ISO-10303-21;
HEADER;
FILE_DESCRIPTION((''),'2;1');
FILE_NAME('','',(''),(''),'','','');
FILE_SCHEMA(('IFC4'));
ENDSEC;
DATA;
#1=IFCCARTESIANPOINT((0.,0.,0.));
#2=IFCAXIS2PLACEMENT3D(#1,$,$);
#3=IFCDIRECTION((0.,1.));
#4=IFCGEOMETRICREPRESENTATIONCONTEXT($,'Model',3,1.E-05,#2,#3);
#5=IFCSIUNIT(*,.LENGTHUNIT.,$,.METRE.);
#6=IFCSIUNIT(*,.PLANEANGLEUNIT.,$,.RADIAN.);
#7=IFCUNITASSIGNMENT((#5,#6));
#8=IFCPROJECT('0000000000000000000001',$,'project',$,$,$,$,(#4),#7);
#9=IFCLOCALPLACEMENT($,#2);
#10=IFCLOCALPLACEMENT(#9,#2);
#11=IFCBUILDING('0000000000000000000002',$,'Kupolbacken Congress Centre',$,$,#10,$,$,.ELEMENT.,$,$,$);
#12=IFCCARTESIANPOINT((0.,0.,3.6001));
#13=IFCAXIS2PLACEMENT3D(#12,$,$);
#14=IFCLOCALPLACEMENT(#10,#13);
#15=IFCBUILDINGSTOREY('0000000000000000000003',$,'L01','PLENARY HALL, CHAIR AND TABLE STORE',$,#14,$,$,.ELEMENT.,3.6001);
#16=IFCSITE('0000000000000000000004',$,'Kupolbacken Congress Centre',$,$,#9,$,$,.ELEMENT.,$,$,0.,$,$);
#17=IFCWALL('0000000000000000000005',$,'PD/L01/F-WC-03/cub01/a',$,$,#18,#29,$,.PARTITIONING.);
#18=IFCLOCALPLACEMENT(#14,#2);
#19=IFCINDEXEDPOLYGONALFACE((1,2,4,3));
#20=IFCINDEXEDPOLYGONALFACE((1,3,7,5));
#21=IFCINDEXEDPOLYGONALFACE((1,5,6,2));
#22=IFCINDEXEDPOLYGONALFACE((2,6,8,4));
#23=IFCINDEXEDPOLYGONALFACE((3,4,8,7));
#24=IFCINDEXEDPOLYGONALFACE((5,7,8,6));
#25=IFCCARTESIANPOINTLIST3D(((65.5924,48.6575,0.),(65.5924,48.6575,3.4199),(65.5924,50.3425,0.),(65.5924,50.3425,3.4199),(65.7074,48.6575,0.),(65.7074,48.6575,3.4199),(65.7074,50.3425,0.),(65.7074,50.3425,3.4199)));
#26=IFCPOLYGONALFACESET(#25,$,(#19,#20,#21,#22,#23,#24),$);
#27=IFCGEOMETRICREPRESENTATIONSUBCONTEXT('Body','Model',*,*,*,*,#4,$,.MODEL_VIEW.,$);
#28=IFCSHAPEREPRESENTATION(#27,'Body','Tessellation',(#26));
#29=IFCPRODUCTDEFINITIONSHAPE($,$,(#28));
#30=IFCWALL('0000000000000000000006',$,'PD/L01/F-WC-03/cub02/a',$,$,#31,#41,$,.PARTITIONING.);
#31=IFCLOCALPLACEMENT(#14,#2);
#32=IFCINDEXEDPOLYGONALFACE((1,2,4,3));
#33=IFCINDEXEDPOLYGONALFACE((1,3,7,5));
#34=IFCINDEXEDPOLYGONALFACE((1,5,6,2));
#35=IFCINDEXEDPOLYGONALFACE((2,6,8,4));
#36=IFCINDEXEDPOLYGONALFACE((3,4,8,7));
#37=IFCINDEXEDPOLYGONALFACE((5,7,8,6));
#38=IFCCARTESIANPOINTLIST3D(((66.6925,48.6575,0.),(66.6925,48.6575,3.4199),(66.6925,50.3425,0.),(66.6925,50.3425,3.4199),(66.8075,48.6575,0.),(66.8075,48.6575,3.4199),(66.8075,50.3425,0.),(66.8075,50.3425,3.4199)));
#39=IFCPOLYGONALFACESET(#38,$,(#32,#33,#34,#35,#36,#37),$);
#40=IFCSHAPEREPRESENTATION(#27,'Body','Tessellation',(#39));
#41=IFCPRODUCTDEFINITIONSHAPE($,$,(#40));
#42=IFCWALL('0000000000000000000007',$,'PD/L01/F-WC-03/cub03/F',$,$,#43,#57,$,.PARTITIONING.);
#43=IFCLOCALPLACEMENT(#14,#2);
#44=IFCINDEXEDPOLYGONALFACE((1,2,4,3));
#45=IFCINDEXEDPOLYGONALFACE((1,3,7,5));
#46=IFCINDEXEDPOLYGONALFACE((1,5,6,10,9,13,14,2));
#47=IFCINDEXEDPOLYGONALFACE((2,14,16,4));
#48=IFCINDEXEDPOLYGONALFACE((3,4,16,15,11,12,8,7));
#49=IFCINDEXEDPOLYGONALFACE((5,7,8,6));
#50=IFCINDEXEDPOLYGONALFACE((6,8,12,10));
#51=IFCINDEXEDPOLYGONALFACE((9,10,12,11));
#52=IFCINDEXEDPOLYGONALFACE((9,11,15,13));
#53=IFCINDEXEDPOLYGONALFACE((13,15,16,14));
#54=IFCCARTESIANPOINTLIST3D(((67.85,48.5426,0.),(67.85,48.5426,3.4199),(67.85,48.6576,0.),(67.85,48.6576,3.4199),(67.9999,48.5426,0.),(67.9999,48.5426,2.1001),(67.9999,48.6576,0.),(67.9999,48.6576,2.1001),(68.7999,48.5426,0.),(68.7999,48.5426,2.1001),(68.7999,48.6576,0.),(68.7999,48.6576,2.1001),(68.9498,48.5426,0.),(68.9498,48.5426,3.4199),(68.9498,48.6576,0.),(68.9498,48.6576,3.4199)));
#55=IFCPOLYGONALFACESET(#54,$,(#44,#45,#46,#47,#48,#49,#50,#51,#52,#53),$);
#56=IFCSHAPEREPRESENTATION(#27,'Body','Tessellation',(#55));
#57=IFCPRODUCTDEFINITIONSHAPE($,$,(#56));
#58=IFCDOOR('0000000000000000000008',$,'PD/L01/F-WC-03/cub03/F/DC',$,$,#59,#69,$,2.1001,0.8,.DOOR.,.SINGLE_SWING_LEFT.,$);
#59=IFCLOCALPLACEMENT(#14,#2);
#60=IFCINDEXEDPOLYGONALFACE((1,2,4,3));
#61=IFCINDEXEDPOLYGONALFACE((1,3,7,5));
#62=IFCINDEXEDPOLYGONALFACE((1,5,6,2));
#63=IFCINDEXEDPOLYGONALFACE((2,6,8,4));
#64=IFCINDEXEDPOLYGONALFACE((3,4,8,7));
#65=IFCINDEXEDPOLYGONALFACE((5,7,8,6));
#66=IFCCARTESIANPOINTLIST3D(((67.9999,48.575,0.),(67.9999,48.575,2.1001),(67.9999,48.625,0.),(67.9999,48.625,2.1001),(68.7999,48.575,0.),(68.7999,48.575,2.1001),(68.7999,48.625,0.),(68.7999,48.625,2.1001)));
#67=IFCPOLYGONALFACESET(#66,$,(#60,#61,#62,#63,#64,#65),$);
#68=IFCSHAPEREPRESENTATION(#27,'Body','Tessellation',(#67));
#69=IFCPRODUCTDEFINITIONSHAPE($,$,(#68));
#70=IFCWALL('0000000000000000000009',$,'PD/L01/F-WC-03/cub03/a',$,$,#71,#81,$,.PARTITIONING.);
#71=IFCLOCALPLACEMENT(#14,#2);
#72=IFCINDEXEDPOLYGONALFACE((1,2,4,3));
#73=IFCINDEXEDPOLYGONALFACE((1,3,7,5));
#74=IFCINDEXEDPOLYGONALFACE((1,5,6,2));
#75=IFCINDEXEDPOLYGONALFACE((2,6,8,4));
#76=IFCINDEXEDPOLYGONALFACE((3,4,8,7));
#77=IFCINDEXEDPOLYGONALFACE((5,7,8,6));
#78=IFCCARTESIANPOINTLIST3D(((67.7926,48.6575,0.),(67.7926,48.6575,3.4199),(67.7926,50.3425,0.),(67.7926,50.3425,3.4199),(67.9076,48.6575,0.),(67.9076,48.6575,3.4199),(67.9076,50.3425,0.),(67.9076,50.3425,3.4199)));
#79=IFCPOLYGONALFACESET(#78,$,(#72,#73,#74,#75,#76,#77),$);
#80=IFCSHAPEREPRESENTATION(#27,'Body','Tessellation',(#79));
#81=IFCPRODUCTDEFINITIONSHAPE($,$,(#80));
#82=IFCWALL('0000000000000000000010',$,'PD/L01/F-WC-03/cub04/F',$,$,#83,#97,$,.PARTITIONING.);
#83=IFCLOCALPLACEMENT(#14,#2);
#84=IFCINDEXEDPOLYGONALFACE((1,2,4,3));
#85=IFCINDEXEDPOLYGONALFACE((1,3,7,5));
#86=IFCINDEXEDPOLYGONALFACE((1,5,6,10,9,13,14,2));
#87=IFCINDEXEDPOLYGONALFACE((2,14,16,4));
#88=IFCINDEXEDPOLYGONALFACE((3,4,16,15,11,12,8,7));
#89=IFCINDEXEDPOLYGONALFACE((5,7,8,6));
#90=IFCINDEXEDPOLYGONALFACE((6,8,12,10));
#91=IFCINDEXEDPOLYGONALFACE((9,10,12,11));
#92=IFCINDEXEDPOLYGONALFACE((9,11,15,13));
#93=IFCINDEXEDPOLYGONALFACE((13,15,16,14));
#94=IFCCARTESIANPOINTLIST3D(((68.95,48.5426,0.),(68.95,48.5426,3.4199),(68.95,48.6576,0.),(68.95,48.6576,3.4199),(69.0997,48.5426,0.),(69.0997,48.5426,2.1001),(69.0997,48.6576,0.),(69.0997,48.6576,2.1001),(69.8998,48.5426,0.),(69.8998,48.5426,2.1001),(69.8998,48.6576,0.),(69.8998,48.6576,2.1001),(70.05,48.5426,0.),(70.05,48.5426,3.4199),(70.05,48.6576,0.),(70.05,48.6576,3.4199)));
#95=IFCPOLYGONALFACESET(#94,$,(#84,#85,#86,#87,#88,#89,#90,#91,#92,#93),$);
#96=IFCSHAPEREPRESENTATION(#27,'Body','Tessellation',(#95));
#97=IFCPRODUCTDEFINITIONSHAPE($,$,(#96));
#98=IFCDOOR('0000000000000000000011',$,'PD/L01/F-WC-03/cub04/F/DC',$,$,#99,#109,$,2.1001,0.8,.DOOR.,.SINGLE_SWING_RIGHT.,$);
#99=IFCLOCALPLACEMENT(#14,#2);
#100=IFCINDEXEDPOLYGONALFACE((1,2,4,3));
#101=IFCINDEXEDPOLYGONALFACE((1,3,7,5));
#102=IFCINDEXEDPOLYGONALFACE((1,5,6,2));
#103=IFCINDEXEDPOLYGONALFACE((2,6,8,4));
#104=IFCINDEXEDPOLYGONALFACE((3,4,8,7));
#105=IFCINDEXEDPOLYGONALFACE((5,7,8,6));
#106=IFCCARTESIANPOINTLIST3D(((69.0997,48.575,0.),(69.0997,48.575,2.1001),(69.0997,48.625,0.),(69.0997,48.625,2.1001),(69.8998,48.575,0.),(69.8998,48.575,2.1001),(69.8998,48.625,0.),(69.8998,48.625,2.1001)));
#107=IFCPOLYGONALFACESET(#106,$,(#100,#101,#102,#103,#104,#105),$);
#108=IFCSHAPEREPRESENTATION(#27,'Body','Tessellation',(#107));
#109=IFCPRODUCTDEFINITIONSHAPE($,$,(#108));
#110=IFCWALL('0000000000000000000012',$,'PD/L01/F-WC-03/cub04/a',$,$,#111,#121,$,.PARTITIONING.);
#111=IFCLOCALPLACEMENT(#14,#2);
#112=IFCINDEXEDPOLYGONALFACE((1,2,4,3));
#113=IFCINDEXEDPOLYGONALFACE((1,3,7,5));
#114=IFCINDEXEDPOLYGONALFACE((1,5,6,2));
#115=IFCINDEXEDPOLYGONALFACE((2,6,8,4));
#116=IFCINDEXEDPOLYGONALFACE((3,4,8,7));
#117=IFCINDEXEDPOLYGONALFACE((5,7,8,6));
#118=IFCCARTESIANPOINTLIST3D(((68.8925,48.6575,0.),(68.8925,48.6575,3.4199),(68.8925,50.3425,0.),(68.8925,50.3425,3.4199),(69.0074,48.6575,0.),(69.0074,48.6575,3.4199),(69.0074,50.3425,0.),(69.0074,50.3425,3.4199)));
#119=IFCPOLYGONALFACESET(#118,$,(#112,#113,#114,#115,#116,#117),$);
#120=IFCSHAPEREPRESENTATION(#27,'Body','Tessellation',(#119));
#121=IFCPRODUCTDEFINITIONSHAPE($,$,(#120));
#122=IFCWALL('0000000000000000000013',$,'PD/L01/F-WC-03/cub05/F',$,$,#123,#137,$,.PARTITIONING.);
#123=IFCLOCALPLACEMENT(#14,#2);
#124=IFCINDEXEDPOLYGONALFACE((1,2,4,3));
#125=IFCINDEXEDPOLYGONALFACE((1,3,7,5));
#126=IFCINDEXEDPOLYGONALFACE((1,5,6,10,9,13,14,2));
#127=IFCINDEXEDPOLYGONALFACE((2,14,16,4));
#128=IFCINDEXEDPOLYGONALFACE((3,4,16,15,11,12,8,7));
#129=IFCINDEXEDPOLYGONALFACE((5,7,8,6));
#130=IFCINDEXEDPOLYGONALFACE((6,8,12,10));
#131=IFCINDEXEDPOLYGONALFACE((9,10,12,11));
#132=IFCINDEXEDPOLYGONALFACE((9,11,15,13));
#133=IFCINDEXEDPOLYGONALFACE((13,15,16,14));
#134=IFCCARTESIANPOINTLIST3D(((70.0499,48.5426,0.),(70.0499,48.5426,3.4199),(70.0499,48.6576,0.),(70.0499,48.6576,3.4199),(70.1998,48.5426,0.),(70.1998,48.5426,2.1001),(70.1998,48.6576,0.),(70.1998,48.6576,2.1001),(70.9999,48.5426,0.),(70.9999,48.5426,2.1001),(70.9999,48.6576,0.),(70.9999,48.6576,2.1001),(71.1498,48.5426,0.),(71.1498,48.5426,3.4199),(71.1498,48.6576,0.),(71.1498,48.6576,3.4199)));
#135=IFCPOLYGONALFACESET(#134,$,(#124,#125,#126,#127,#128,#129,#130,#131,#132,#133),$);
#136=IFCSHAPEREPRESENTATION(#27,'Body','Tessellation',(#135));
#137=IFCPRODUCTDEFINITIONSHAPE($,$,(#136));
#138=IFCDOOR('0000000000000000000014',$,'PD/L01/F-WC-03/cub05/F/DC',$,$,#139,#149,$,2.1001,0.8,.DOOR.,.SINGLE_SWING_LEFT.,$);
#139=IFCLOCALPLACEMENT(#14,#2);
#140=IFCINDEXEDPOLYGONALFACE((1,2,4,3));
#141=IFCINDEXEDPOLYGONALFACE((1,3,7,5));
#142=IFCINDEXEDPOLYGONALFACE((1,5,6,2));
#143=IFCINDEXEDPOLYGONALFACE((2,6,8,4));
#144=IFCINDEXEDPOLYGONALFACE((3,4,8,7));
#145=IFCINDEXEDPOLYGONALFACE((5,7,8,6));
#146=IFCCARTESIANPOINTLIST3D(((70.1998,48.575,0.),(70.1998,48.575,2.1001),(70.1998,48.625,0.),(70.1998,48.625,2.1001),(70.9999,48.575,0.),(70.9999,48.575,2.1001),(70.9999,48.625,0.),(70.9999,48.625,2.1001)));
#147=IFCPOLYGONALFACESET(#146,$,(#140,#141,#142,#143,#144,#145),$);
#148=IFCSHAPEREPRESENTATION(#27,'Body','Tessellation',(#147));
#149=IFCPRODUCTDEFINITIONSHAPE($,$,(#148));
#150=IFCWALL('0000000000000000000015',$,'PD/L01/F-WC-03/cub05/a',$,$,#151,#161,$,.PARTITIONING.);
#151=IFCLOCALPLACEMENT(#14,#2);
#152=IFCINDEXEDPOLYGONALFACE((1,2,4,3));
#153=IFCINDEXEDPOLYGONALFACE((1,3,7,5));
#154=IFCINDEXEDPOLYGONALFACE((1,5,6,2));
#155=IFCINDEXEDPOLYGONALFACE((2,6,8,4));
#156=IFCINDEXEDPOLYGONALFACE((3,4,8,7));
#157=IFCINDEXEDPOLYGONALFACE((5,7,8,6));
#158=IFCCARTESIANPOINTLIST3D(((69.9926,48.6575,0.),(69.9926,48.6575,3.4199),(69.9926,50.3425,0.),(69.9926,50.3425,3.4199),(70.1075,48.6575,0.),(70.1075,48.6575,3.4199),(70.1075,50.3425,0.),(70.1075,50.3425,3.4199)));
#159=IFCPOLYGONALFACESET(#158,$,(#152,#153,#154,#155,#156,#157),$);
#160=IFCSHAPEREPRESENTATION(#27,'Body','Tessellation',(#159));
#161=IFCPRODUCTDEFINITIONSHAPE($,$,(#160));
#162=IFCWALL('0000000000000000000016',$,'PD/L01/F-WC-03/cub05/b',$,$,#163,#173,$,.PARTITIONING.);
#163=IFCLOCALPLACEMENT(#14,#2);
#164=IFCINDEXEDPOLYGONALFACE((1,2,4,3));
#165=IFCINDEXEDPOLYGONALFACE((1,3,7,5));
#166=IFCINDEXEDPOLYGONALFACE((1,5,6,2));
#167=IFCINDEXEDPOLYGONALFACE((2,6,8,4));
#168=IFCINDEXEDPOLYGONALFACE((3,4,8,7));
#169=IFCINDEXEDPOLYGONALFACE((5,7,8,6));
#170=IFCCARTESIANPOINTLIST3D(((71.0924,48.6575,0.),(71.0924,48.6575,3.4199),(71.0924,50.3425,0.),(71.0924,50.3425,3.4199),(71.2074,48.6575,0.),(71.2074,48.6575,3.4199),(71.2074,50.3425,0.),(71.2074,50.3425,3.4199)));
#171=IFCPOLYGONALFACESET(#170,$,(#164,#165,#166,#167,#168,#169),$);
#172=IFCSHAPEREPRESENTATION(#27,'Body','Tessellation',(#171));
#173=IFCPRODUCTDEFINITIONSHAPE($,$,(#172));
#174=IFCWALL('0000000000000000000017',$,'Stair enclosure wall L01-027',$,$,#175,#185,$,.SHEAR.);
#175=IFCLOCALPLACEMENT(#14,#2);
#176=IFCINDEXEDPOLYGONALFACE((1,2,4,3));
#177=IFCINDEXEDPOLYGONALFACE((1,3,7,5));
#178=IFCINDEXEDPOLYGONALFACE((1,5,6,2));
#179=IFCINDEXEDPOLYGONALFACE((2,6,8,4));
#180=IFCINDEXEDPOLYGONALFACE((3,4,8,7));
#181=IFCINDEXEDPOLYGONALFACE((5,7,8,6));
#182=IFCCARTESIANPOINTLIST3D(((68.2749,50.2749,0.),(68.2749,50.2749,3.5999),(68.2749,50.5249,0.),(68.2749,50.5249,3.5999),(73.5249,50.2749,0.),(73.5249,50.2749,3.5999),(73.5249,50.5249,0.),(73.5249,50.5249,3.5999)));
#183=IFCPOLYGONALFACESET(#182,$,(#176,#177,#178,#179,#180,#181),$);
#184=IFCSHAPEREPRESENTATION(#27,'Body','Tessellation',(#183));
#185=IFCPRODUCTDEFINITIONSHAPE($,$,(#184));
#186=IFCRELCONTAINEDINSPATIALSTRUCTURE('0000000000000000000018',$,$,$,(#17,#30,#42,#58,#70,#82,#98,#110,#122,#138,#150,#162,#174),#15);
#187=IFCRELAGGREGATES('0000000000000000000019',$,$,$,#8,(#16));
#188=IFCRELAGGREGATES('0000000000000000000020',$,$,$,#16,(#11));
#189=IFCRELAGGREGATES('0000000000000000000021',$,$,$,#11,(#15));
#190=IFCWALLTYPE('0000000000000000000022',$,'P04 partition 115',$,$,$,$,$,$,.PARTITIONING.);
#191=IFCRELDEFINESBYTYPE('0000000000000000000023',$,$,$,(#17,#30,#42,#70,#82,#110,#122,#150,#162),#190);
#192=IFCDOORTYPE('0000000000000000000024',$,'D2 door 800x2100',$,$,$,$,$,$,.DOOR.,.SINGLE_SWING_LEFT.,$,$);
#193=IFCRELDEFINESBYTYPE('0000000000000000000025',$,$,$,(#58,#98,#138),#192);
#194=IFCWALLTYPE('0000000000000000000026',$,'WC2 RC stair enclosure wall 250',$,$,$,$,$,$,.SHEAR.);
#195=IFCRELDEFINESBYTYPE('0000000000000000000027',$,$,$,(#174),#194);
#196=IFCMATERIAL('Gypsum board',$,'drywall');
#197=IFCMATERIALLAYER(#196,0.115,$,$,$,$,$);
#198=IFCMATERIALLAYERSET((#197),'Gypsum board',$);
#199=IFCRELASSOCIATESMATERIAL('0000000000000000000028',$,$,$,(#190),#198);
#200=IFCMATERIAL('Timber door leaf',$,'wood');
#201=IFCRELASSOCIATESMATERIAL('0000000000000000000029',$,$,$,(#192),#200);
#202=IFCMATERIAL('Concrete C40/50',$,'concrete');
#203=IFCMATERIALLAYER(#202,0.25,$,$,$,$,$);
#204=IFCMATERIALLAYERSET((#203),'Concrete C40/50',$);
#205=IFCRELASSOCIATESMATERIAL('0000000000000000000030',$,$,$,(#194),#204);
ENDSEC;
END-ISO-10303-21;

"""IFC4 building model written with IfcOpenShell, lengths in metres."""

from ifc_helpers import new_model, si_unit, direction, frame, frame_2d, origin, place, context, subcontext, project, spatial, rectangle, extrude, material, layer, layer_set, type_object, element, fill, save


model = new_model("IFC4")

# Units and contexts
model_context = context("Model", 3, precision=1e-05, world=origin(), true_north=direction((0.0, 1.0)))
body_context = subcontext(model_context, "Body", "Model", "MODEL_VIEW")
ifc_project = project(units=[si_unit("LENGTHUNIT", "METRE"), si_unit("PLANEANGLEUNIT", "RADIAN")], contexts=[model_context])

# Site, building, storey
site_placement = place(None, origin())
site = spatial("IfcSite", under=ifc_project, at=site_placement, Name="Kupolbacken Congress Centre", CompositionType="ELEMENT", RefElevation=0.0)
building_placement = place(site_placement, origin())
building = spatial("IfcBuilding", under=site, at=building_placement, Name="Kupolbacken Congress Centre", CompositionType="ELEMENT")
storey_placement = place(building_placement, frame((0.0, 0.0, 3.6001)))
storey = spatial("IfcBuildingStorey", under=building, at=storey_placement, Name="L01", Description="PLENARY HALL, CHAIR AND TABLE STORE", CompositionType="ELEMENT", Elevation=3.6001)

# Walls
ifc_material_1 = material(Name="Gypsum board", Category="drywall")
ifc_layer_1 = layer(ifc_material_1, 0.115)
ifc_layer_set_1 = layer_set([ifc_layer_1], Name="Gypsum board")
wall_type_1 = type_object("IfcWallType", Name="P04 partition 115", PredefinedType="PARTITIONING", material=ifc_layer_set_1)
for number, where, z_axis, x_axis, name in (
    (1, (65.6499, 50.3425, 0.0), (0.0, 0.0, 1.0), (0.0, -1.0, 0.0), "PD/L01/F-WC-03/cub01/a"),
    (2, (66.75, 50.3425, 0.0), (0.0, 0.0, 1.0), (0.0, -1.0, 0.0), "PD/L01/F-WC-03/cub02/a"),
):
    element("IfcWall", number, at=place(storey_placement, frame(where, z_axis=z_axis, x_axis=x_axis)), inside=storey, type_object=wall_type_1, Name=name, PredefinedType="PARTITIONING", context=body_context, shape_type="SweptSolid", body=[
        extrude(rectangle(XDim=1.6851, YDim=0.115, at=frame_2d((0.8425, 0.0))), origin(), (0.0, 0.0, 1.0), 3.4199),
    ])

# Wall, opening, door
wall_1_placement = place(storey_placement, frame((67.8501, 48.6001, 0.0), z_axis=(0.0, 0.0, 1.0), x_axis=(1.0, 0.0, 0.0)))
wall_1 = element("IfcWall", 3, at=wall_1_placement, inside=storey, type_object=wall_type_1, Name="PD/L01/F-WC-03/cub03/F", PredefinedType="PARTITIONING", context=body_context, shape_type="SweptSolid", body=[
    extrude(rectangle(XDim=1.0999, YDim=0.115, at=frame_2d((0.5498, 0.0))), origin(), (0.0, 0.0, 1.0), 3.4199),
])
opening_1_placement = place(wall_1_placement, frame((0.1499, 0.0, 0.0)))
opening_1 = element("IfcOpeningElement", 4, at=opening_1_placement, cuts=wall_1, PredefinedType="OPENING", context=body_context, shape_type="SweptSolid", body=[
    extrude(rectangle(XDim=0.8, YDim=2.1001, at=frame_2d((0.3999, 1.05))), frame((0.0, 0.0674, 0.0), z_axis=(0.0, -1.0, 0.0), x_axis=(1.0, 0.0, 0.0)), (0.0, 0.0, 1.0), 0.135),
])
ifc_material_2 = material(Name="Timber door leaf", Category="wood")
door_type = type_object("IfcDoorType", Name="D2 door 800x2100", OperationType="SINGLE_SWING_LEFT", PredefinedType="DOOR", material=ifc_material_2)
door_1_placement = place(opening_1_placement, origin())
door_1 = element("IfcDoor", 5, at=door_1_placement, inside=storey, type_object=door_type, Name="PD/L01/F-WC-03/cub03/F/DC", OperationType="SINGLE_SWING_LEFT", OverallHeight=2.1001, OverallWidth=0.8, PredefinedType="DOOR", context=body_context, shape_type="SweptSolid", body=[
    extrude(rectangle(XDim=0.8, YDim=2.1001, at=frame_2d((0.3999, 1.05))), frame((0.0, 0.0249, 0.0), z_axis=(0.0, -1.0, 0.0), x_axis=(1.0, 0.0, 0.0)), (0.0, 0.0, 1.0), 0.05),
])
fill(opening_1, door_1)

# Wall
wall_2_placement = place(storey_placement, frame((67.8501, 50.3425, 0.0), z_axis=(0.0, 0.0, 1.0), x_axis=(0.0, -1.0, 0.0)))
element("IfcWall", 6, at=wall_2_placement, inside=storey, type_object=wall_type_1, Name="PD/L01/F-WC-03/cub03/a", PredefinedType="PARTITIONING", context=body_context, shape_type="SweptSolid", body=[
    extrude(rectangle(XDim=1.6851, YDim=0.115, at=frame_2d((0.8425, 0.0))), origin(), (0.0, 0.0, 1.0), 3.4199),
])

# Wall, opening, door
wall_3_placement = place(storey_placement, frame((68.95, 48.6001, 0.0), z_axis=(0.0, 0.0, 1.0), x_axis=(1.0, 0.0, 0.0)))
wall_3 = element("IfcWall", 7, at=wall_3_placement, inside=storey, type_object=wall_type_1, Name="PD/L01/F-WC-03/cub04/F", PredefinedType="PARTITIONING", context=body_context, shape_type="SweptSolid", body=[
    extrude(rectangle(XDim=1.1001, YDim=0.115, at=frame_2d((0.55, 0.0))), origin(), (0.0, 0.0, 1.0), 3.4199),
])
opening_2_placement = place(wall_3_placement, frame((0.1499, 0.0, 0.0)))
opening_2 = element("IfcOpeningElement", 8, at=opening_2_placement, cuts=wall_3, PredefinedType="OPENING", context=body_context, shape_type="SweptSolid", body=[
    extrude(rectangle(XDim=0.8, YDim=2.1001, at=frame_2d((0.3999, 1.05))), frame((0.0, 0.0674, 0.0), z_axis=(0.0, -1.0, 0.0), x_axis=(1.0, 0.0, 0.0)), (0.0, 0.0, 1.0), 0.135),
])
door_2_placement = place(opening_2_placement, origin())
door_2 = element("IfcDoor", 9, at=door_2_placement, inside=storey, type_object=door_type, Name="PD/L01/F-WC-03/cub04/F/DC", OperationType="SINGLE_SWING_RIGHT", OverallHeight=2.1001, OverallWidth=0.8, PredefinedType="DOOR", context=body_context, shape_type="SweptSolid", body=[
    extrude(rectangle(XDim=0.8, YDim=2.1001, at=frame_2d((0.3999, 1.05))), frame((0.0, 0.0249, 0.0), z_axis=(0.0, -1.0, 0.0), x_axis=(1.0, 0.0, 0.0)), (0.0, 0.0, 1.0), 0.05),
])
fill(opening_2, door_2)

# Wall
wall_4_placement = place(storey_placement, frame((68.95, 50.3425, 0.0), z_axis=(0.0, 0.0, 1.0), x_axis=(0.0, -1.0, 0.0)))
element("IfcWall", 10, at=wall_4_placement, inside=storey, type_object=wall_type_1, Name="PD/L01/F-WC-03/cub04/a", PredefinedType="PARTITIONING", context=body_context, shape_type="SweptSolid", body=[
    extrude(rectangle(XDim=1.6851, YDim=0.115, at=frame_2d((0.8425, 0.0))), origin(), (0.0, 0.0, 1.0), 3.4199),
])

# Wall, opening, door
wall_5_placement = place(storey_placement, frame((70.05, 48.6001, 0.0), z_axis=(0.0, 0.0, 1.0), x_axis=(1.0, 0.0, 0.0)))
wall_5 = element("IfcWall", 11, at=wall_5_placement, inside=storey, type_object=wall_type_1, Name="PD/L01/F-WC-03/cub05/F", PredefinedType="PARTITIONING", context=body_context, shape_type="SweptSolid", body=[
    extrude(rectangle(XDim=1.0999, YDim=0.115, at=frame_2d((0.5498, 0.0))), origin(), (0.0, 0.0, 1.0), 3.4199),
])
opening_3_placement = place(wall_5_placement, frame((0.1499, 0.0, 0.0)))
opening_3 = element("IfcOpeningElement", 12, at=opening_3_placement, cuts=wall_5, PredefinedType="OPENING", context=body_context, shape_type="SweptSolid", body=[
    extrude(rectangle(XDim=0.8, YDim=2.1001, at=frame_2d((0.3999, 1.05))), frame((0.0, 0.0674, 0.0), z_axis=(0.0, -1.0, 0.0), x_axis=(1.0, 0.0, 0.0)), (0.0, 0.0, 1.0), 0.135),
])
door_3_placement = place(opening_3_placement, origin())
door_3 = element("IfcDoor", 13, at=door_3_placement, inside=storey, type_object=door_type, Name="PD/L01/F-WC-03/cub05/F/DC", OperationType="SINGLE_SWING_LEFT", OverallHeight=2.1001, OverallWidth=0.8, PredefinedType="DOOR", context=body_context, shape_type="SweptSolid", body=[
    extrude(rectangle(XDim=0.8, YDim=2.1001, at=frame_2d((0.3999, 1.05))), frame((0.0, 0.0249, 0.0), z_axis=(0.0, -1.0, 0.0), x_axis=(1.0, 0.0, 0.0)), (0.0, 0.0, 1.0), 0.05),
])
fill(opening_3, door_3)

# Walls
for number, where, z_axis, x_axis, name in (
    (14, (70.05, 50.3425, 0.0), (0.0, 0.0, 1.0), (0.0, -1.0, 0.0), "PD/L01/F-WC-03/cub05/a"),
    (15, (71.1499, 50.3425, 0.0), (0.0, 0.0, 1.0), (0.0, -1.0, 0.0), "PD/L01/F-WC-03/cub05/b"),
):
    element("IfcWall", number, at=place(storey_placement, frame(where, z_axis=z_axis, x_axis=x_axis)), inside=storey, type_object=wall_type_1, Name=name, PredefinedType="PARTITIONING", context=body_context, shape_type="SweptSolid", body=[
        extrude(rectangle(XDim=1.6851, YDim=0.115, at=frame_2d((0.8425, 0.0))), origin(), (0.0, 0.0, 1.0), 3.4199),
    ])
ifc_material_3 = material(Name="Concrete C40/50", Category="concrete")
ifc_layer_2 = layer(ifc_material_3, 0.25)
ifc_layer_set_2 = layer_set([ifc_layer_2], Name="Concrete C40/50")
wall_type_2 = type_object("IfcWallType", Name="WC2 RC stair enclosure wall 250", PredefinedType="SHEAR", material=ifc_layer_set_2)
wall_6_placement = place(storey_placement, frame((68.2749, 50.3999, 0.0), z_axis=(0.0, 0.0, 1.0), x_axis=(1.0, 0.0, 0.0)))
element("IfcWall", 16, at=wall_6_placement, inside=storey, type_object=wall_type_2, Name="Stair enclosure wall L01-027", PredefinedType="SHEAR", context=body_context, shape_type="SweptSolid", body=[
    extrude(rectangle(XDim=5.25, YDim=0.25, at=frame_2d((2.625, 0.0))), origin(), (0.0, 0.0, 1.0), 3.5999),
])

save(model, "model.ifc")
